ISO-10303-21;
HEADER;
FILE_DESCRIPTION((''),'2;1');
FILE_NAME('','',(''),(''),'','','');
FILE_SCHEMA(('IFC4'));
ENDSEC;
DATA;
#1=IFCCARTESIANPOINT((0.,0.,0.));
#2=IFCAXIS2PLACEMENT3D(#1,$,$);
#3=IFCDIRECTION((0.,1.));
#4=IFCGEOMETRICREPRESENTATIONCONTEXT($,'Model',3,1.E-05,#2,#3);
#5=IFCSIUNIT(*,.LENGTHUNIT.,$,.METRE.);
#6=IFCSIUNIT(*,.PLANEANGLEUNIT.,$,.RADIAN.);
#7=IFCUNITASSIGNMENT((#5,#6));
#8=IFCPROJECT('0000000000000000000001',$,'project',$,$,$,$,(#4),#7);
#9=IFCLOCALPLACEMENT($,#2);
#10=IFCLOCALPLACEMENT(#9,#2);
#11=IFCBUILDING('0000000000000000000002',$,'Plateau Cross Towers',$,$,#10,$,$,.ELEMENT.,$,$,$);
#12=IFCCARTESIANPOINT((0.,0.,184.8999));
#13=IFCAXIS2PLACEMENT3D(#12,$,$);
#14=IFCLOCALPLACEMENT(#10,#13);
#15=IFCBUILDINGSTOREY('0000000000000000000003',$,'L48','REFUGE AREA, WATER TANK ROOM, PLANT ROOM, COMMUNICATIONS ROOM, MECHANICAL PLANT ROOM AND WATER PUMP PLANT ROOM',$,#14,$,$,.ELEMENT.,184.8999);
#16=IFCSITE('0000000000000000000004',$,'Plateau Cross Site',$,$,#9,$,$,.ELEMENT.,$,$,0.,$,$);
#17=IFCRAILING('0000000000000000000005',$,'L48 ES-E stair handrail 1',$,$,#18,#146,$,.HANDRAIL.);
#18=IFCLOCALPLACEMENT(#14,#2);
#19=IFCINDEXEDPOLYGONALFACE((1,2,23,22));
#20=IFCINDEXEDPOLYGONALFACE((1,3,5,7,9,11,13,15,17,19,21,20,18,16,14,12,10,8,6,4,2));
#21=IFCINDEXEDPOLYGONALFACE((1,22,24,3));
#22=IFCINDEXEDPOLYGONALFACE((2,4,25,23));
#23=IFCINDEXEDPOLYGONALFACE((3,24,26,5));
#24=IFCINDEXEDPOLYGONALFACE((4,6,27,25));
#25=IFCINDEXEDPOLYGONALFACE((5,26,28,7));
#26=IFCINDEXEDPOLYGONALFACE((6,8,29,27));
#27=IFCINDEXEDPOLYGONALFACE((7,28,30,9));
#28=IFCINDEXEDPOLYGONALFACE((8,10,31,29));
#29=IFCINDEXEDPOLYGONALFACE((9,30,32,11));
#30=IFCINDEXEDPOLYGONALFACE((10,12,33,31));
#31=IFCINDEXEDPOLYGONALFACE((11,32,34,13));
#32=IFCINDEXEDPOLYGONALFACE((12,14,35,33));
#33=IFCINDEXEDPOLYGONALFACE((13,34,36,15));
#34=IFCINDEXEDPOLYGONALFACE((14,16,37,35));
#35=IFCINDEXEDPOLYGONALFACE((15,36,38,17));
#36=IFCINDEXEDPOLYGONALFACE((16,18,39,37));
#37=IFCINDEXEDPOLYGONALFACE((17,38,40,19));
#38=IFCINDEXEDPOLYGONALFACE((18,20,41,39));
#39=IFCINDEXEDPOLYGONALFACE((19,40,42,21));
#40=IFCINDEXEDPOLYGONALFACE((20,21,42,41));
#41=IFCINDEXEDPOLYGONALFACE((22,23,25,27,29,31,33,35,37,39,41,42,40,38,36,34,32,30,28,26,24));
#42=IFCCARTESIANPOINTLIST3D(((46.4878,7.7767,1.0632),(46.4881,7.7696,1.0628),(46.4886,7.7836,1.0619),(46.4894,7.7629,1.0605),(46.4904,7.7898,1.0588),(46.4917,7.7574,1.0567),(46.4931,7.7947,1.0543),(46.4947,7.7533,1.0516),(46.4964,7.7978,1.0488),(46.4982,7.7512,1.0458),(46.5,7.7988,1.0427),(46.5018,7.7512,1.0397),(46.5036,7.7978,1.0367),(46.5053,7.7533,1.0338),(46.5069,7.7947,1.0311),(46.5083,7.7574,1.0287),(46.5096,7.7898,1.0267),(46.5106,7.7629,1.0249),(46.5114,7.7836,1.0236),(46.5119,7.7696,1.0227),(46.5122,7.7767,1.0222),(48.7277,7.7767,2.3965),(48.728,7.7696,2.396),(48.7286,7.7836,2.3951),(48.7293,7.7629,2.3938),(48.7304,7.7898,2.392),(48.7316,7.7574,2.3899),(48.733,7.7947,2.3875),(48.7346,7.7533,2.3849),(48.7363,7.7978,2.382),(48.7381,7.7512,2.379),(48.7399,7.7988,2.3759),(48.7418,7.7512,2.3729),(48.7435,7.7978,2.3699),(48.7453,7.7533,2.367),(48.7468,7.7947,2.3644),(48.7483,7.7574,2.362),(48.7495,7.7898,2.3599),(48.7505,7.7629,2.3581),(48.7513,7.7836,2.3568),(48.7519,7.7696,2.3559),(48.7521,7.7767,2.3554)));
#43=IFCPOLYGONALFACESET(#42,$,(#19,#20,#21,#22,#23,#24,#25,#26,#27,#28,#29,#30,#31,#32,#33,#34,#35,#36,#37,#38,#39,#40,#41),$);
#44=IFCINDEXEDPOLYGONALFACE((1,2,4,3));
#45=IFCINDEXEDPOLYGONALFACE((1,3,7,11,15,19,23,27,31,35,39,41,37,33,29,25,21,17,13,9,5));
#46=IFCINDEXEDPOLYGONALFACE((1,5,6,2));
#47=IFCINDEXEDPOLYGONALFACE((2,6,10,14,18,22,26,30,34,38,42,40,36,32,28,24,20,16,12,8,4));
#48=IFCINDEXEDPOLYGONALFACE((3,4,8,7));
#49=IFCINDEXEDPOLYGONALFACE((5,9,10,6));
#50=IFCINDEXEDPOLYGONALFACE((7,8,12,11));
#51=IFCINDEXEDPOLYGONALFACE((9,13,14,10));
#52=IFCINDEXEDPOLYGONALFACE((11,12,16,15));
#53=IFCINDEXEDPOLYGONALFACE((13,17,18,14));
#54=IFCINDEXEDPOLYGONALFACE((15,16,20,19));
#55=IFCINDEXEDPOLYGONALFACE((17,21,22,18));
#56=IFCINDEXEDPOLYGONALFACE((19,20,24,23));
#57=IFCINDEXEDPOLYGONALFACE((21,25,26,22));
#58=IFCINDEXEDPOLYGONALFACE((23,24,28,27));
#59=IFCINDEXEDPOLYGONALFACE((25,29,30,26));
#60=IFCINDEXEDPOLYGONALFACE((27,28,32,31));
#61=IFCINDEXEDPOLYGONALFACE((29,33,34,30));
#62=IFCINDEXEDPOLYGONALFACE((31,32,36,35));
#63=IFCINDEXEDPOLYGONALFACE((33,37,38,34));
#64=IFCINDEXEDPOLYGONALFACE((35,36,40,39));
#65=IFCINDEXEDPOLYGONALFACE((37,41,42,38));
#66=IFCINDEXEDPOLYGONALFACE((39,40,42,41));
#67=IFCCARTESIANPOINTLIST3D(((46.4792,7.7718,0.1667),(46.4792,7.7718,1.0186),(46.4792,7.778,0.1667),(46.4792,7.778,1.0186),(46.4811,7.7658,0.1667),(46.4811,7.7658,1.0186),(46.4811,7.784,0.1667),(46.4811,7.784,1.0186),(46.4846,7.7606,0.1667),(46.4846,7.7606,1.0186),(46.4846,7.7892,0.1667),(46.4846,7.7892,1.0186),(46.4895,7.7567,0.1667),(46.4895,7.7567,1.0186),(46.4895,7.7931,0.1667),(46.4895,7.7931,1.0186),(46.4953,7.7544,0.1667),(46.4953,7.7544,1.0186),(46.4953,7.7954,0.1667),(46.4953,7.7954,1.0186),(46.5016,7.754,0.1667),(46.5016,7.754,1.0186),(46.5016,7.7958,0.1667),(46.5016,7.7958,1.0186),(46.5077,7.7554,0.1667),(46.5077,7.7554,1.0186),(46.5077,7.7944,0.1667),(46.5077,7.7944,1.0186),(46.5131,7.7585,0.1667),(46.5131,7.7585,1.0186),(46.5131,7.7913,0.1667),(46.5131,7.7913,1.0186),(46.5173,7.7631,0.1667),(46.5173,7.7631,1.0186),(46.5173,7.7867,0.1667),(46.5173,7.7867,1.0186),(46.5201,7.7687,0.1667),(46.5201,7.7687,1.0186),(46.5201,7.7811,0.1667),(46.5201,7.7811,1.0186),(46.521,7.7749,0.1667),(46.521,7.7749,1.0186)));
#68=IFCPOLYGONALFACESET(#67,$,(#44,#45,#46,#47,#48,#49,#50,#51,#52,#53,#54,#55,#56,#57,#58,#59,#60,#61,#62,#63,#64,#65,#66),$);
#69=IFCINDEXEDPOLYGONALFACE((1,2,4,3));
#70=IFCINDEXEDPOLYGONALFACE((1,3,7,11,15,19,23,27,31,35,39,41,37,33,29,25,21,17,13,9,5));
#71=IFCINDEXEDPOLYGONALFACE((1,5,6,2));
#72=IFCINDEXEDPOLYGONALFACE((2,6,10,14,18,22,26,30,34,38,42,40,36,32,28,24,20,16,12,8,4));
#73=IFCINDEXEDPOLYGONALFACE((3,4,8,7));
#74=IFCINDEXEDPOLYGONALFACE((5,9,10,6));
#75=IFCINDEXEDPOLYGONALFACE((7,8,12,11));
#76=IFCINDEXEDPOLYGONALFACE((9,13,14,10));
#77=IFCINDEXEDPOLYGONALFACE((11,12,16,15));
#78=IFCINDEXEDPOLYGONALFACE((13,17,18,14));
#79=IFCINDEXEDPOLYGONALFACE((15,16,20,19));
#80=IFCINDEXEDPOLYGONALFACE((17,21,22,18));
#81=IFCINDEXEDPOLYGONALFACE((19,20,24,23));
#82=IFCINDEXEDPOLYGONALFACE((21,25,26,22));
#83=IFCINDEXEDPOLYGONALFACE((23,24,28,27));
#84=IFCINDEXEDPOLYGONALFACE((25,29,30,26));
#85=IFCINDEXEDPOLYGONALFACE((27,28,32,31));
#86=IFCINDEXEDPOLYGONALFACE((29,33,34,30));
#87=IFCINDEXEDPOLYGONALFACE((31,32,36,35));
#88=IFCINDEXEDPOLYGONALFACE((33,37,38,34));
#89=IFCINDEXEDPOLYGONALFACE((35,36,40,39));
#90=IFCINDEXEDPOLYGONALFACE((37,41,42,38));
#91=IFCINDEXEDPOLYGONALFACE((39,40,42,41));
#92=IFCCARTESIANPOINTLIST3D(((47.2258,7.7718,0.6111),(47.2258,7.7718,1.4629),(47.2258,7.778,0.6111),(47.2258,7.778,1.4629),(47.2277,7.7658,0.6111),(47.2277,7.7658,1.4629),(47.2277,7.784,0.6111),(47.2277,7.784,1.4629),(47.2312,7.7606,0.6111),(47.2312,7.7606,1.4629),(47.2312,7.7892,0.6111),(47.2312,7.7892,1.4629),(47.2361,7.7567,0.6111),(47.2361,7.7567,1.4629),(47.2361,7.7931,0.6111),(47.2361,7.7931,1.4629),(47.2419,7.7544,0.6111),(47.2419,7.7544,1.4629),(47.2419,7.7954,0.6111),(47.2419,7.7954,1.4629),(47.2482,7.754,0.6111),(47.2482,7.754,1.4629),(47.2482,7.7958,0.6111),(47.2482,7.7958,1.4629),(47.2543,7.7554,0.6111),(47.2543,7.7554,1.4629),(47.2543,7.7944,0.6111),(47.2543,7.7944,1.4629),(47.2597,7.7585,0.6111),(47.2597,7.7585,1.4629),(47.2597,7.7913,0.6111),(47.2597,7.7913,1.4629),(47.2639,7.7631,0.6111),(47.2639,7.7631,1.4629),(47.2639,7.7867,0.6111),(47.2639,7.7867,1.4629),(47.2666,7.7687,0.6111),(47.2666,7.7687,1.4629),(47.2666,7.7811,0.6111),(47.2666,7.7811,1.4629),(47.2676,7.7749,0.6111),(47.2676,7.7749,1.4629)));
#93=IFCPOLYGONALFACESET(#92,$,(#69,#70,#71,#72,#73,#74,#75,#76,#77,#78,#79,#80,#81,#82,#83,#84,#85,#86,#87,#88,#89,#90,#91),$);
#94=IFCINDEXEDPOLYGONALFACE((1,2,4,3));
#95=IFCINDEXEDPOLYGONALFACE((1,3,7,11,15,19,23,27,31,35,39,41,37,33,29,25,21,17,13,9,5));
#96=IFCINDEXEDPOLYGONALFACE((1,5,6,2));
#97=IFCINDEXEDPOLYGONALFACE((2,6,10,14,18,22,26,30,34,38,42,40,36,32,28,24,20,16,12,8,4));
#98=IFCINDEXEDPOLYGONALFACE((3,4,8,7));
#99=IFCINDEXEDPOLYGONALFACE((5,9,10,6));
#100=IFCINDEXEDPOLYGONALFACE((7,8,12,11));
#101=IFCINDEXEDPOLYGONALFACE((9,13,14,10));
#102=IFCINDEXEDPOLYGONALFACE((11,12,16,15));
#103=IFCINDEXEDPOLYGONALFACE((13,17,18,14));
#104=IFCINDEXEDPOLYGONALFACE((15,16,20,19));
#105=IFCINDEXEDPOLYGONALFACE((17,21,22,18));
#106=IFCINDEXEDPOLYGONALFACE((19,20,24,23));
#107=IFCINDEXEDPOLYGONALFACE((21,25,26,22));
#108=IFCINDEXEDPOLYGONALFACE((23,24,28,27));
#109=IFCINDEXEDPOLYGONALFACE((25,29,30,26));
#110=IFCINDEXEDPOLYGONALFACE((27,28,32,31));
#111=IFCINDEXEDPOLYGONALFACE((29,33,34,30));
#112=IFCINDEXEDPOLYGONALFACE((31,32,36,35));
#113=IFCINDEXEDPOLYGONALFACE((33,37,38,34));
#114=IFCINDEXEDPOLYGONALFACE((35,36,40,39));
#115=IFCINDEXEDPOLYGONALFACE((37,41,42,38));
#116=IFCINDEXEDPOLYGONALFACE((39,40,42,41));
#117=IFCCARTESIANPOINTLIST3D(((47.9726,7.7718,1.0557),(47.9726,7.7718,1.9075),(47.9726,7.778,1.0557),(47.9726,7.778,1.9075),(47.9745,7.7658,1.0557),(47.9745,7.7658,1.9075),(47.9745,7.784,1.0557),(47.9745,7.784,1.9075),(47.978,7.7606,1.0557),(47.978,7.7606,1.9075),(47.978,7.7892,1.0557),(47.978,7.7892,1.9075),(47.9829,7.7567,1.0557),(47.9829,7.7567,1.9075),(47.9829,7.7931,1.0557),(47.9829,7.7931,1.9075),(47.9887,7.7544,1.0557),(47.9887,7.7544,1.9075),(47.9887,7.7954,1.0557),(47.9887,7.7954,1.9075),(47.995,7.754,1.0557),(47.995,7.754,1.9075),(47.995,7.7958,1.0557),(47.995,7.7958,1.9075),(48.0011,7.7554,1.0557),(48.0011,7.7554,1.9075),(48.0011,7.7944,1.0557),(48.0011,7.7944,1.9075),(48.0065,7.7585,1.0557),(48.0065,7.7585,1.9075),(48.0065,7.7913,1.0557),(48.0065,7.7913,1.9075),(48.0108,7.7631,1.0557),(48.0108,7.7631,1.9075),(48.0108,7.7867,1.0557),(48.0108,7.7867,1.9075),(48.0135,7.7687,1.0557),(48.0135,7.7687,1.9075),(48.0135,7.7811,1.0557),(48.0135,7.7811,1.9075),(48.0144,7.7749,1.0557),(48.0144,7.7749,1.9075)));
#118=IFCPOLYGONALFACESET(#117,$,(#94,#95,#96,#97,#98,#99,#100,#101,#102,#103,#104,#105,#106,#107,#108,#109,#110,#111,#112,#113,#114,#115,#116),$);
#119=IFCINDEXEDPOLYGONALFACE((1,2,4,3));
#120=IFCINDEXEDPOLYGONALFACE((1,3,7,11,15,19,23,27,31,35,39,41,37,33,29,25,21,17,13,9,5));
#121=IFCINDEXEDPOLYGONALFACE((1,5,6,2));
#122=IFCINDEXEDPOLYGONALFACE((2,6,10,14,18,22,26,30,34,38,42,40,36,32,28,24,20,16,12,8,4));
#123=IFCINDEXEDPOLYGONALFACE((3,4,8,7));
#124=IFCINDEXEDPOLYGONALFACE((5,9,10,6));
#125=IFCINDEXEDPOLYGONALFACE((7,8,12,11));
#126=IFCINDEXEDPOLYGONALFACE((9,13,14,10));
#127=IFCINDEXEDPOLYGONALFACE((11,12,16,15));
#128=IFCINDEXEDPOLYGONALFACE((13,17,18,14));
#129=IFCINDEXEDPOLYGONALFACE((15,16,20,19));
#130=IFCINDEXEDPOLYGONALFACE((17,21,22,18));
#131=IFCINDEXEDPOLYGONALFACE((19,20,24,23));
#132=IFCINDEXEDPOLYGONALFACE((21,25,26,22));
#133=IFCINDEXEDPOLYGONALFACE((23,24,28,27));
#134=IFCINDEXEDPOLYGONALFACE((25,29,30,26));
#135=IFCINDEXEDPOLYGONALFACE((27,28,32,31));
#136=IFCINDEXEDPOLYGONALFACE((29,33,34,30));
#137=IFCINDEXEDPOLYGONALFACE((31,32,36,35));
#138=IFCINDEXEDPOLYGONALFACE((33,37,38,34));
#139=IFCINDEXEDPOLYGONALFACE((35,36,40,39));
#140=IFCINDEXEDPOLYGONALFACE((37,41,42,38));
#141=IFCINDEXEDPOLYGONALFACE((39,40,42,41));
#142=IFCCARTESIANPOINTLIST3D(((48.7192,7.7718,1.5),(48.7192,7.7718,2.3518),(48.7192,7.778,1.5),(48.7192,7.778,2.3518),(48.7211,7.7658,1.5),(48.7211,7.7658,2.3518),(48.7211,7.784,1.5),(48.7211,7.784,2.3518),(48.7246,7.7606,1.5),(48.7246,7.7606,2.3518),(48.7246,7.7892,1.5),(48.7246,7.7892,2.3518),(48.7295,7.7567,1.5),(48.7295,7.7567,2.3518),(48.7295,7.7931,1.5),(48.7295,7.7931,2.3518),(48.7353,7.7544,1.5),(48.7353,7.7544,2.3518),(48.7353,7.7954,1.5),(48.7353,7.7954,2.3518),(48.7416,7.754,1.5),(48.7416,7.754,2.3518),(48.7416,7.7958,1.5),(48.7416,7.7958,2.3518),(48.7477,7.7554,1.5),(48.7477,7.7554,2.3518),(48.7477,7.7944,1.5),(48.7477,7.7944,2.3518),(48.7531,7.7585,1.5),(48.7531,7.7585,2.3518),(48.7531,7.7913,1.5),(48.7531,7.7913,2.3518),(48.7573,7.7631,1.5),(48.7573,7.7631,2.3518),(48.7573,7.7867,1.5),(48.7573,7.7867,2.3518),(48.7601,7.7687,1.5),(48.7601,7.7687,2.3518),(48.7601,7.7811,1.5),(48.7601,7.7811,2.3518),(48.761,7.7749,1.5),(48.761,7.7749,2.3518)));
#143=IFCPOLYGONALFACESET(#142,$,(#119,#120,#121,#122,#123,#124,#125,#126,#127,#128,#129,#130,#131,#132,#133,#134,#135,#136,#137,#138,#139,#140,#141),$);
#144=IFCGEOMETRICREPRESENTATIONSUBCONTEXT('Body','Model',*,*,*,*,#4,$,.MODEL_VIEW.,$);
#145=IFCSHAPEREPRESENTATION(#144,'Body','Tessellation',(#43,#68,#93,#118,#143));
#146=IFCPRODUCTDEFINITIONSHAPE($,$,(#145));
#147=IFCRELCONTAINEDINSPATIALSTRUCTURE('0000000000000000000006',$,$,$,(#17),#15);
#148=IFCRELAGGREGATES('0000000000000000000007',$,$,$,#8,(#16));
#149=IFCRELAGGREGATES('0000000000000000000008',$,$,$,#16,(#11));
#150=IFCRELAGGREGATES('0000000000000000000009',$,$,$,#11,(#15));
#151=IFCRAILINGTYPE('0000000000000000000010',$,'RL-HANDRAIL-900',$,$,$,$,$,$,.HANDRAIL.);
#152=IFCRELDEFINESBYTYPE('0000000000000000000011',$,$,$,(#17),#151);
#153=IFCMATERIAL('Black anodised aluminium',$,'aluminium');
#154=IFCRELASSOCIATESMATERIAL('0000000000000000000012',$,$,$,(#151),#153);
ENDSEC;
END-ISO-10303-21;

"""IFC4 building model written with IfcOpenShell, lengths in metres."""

from ifc_helpers import new_model, si_unit, direction, frame, origin, origin_2d, place, context, subcontext, project, spatial, circle, extrude, material, type_object, element, save


model = new_model("IFC4")

# Units and contexts
model_context = context("Model", 3, precision=1e-05, world=origin(), true_north=direction((0.0, 1.0)))
body_context = subcontext(model_context, "Body", "Model", "MODEL_VIEW")
ifc_project = project(units=[si_unit("LENGTHUNIT", "METRE"), si_unit("PLANEANGLEUNIT", "RADIAN")], contexts=[model_context])

# Site, building, storey
site_placement = place(None, origin())
site = spatial("IfcSite", under=ifc_project, at=site_placement, Name="Plateau Cross Site", CompositionType="ELEMENT", RefElevation=0.0)
building_placement = place(site_placement, origin())
building = spatial("IfcBuilding", under=site, at=building_placement, Name="Plateau Cross Towers", CompositionType="ELEMENT")
storey_placement = place(building_placement, frame((0.0, 0.0, 184.8999)))
storey = spatial("IfcBuildingStorey", under=building, at=storey_placement, Name="L48", Description="REFUGE AREA, WATER TANK ROOM, PLANT ROOM, COMMUNICATIONS ROOM, MECHANICAL PLANT ROOM AND WATER PUMP PLANT ROOM", CompositionType="ELEMENT", Elevation=184.8999)

# Shared definitions
ifc_material_1 = material(Name="Black anodised aluminium", Category="aluminium")

# Railing
railing_type_1 = type_object("IfcRailingType", Name="RL-HANDRAIL-900", PredefinedType="HANDRAIL", material=ifc_material_1)
for number, where, name in (
    (1, (46.5, 7.7749, 0.1667), "L48 ES-E stair handrail 1"),
):
    element("IfcRailing", number, at=place(storey_placement, frame(where)), inside=storey, type_object=railing_type_1, Name=name, PredefinedType="HANDRAIL", context=body_context, shape_type="SweptSolid", body=[
        extrude(circle(Radius=0.0239, at=origin_2d()), frame((0.0, 0.0, 0.876), z_axis=(0.859306, 0.0, 0.511462), x_axis=(0.0, 1.0, 0.0)), (0.0, 0.0, 1.0), 2.6067),
        extrude(circle(Radius=0.021, at=origin_2d()), origin(), (0.0, 0.0, 1.0), 0.8518),
        extrude(circle(Radius=0.021, at=origin_2d()), frame((0.7466, 0.0, 0.4443)), (0.0, 0.0, 1.0), 0.8518),
        extrude(circle(Radius=0.021, at=origin_2d()), frame((1.4934, 0.0, 0.8889)), (0.0, 0.0, 1.0), 0.8518),
        extrude(circle(Radius=0.021, at=origin_2d()), frame((2.24, 0.0, 1.3333)), (0.0, 0.0, 1.0), 0.8518),
    ])

save(model, "model.ifc")
